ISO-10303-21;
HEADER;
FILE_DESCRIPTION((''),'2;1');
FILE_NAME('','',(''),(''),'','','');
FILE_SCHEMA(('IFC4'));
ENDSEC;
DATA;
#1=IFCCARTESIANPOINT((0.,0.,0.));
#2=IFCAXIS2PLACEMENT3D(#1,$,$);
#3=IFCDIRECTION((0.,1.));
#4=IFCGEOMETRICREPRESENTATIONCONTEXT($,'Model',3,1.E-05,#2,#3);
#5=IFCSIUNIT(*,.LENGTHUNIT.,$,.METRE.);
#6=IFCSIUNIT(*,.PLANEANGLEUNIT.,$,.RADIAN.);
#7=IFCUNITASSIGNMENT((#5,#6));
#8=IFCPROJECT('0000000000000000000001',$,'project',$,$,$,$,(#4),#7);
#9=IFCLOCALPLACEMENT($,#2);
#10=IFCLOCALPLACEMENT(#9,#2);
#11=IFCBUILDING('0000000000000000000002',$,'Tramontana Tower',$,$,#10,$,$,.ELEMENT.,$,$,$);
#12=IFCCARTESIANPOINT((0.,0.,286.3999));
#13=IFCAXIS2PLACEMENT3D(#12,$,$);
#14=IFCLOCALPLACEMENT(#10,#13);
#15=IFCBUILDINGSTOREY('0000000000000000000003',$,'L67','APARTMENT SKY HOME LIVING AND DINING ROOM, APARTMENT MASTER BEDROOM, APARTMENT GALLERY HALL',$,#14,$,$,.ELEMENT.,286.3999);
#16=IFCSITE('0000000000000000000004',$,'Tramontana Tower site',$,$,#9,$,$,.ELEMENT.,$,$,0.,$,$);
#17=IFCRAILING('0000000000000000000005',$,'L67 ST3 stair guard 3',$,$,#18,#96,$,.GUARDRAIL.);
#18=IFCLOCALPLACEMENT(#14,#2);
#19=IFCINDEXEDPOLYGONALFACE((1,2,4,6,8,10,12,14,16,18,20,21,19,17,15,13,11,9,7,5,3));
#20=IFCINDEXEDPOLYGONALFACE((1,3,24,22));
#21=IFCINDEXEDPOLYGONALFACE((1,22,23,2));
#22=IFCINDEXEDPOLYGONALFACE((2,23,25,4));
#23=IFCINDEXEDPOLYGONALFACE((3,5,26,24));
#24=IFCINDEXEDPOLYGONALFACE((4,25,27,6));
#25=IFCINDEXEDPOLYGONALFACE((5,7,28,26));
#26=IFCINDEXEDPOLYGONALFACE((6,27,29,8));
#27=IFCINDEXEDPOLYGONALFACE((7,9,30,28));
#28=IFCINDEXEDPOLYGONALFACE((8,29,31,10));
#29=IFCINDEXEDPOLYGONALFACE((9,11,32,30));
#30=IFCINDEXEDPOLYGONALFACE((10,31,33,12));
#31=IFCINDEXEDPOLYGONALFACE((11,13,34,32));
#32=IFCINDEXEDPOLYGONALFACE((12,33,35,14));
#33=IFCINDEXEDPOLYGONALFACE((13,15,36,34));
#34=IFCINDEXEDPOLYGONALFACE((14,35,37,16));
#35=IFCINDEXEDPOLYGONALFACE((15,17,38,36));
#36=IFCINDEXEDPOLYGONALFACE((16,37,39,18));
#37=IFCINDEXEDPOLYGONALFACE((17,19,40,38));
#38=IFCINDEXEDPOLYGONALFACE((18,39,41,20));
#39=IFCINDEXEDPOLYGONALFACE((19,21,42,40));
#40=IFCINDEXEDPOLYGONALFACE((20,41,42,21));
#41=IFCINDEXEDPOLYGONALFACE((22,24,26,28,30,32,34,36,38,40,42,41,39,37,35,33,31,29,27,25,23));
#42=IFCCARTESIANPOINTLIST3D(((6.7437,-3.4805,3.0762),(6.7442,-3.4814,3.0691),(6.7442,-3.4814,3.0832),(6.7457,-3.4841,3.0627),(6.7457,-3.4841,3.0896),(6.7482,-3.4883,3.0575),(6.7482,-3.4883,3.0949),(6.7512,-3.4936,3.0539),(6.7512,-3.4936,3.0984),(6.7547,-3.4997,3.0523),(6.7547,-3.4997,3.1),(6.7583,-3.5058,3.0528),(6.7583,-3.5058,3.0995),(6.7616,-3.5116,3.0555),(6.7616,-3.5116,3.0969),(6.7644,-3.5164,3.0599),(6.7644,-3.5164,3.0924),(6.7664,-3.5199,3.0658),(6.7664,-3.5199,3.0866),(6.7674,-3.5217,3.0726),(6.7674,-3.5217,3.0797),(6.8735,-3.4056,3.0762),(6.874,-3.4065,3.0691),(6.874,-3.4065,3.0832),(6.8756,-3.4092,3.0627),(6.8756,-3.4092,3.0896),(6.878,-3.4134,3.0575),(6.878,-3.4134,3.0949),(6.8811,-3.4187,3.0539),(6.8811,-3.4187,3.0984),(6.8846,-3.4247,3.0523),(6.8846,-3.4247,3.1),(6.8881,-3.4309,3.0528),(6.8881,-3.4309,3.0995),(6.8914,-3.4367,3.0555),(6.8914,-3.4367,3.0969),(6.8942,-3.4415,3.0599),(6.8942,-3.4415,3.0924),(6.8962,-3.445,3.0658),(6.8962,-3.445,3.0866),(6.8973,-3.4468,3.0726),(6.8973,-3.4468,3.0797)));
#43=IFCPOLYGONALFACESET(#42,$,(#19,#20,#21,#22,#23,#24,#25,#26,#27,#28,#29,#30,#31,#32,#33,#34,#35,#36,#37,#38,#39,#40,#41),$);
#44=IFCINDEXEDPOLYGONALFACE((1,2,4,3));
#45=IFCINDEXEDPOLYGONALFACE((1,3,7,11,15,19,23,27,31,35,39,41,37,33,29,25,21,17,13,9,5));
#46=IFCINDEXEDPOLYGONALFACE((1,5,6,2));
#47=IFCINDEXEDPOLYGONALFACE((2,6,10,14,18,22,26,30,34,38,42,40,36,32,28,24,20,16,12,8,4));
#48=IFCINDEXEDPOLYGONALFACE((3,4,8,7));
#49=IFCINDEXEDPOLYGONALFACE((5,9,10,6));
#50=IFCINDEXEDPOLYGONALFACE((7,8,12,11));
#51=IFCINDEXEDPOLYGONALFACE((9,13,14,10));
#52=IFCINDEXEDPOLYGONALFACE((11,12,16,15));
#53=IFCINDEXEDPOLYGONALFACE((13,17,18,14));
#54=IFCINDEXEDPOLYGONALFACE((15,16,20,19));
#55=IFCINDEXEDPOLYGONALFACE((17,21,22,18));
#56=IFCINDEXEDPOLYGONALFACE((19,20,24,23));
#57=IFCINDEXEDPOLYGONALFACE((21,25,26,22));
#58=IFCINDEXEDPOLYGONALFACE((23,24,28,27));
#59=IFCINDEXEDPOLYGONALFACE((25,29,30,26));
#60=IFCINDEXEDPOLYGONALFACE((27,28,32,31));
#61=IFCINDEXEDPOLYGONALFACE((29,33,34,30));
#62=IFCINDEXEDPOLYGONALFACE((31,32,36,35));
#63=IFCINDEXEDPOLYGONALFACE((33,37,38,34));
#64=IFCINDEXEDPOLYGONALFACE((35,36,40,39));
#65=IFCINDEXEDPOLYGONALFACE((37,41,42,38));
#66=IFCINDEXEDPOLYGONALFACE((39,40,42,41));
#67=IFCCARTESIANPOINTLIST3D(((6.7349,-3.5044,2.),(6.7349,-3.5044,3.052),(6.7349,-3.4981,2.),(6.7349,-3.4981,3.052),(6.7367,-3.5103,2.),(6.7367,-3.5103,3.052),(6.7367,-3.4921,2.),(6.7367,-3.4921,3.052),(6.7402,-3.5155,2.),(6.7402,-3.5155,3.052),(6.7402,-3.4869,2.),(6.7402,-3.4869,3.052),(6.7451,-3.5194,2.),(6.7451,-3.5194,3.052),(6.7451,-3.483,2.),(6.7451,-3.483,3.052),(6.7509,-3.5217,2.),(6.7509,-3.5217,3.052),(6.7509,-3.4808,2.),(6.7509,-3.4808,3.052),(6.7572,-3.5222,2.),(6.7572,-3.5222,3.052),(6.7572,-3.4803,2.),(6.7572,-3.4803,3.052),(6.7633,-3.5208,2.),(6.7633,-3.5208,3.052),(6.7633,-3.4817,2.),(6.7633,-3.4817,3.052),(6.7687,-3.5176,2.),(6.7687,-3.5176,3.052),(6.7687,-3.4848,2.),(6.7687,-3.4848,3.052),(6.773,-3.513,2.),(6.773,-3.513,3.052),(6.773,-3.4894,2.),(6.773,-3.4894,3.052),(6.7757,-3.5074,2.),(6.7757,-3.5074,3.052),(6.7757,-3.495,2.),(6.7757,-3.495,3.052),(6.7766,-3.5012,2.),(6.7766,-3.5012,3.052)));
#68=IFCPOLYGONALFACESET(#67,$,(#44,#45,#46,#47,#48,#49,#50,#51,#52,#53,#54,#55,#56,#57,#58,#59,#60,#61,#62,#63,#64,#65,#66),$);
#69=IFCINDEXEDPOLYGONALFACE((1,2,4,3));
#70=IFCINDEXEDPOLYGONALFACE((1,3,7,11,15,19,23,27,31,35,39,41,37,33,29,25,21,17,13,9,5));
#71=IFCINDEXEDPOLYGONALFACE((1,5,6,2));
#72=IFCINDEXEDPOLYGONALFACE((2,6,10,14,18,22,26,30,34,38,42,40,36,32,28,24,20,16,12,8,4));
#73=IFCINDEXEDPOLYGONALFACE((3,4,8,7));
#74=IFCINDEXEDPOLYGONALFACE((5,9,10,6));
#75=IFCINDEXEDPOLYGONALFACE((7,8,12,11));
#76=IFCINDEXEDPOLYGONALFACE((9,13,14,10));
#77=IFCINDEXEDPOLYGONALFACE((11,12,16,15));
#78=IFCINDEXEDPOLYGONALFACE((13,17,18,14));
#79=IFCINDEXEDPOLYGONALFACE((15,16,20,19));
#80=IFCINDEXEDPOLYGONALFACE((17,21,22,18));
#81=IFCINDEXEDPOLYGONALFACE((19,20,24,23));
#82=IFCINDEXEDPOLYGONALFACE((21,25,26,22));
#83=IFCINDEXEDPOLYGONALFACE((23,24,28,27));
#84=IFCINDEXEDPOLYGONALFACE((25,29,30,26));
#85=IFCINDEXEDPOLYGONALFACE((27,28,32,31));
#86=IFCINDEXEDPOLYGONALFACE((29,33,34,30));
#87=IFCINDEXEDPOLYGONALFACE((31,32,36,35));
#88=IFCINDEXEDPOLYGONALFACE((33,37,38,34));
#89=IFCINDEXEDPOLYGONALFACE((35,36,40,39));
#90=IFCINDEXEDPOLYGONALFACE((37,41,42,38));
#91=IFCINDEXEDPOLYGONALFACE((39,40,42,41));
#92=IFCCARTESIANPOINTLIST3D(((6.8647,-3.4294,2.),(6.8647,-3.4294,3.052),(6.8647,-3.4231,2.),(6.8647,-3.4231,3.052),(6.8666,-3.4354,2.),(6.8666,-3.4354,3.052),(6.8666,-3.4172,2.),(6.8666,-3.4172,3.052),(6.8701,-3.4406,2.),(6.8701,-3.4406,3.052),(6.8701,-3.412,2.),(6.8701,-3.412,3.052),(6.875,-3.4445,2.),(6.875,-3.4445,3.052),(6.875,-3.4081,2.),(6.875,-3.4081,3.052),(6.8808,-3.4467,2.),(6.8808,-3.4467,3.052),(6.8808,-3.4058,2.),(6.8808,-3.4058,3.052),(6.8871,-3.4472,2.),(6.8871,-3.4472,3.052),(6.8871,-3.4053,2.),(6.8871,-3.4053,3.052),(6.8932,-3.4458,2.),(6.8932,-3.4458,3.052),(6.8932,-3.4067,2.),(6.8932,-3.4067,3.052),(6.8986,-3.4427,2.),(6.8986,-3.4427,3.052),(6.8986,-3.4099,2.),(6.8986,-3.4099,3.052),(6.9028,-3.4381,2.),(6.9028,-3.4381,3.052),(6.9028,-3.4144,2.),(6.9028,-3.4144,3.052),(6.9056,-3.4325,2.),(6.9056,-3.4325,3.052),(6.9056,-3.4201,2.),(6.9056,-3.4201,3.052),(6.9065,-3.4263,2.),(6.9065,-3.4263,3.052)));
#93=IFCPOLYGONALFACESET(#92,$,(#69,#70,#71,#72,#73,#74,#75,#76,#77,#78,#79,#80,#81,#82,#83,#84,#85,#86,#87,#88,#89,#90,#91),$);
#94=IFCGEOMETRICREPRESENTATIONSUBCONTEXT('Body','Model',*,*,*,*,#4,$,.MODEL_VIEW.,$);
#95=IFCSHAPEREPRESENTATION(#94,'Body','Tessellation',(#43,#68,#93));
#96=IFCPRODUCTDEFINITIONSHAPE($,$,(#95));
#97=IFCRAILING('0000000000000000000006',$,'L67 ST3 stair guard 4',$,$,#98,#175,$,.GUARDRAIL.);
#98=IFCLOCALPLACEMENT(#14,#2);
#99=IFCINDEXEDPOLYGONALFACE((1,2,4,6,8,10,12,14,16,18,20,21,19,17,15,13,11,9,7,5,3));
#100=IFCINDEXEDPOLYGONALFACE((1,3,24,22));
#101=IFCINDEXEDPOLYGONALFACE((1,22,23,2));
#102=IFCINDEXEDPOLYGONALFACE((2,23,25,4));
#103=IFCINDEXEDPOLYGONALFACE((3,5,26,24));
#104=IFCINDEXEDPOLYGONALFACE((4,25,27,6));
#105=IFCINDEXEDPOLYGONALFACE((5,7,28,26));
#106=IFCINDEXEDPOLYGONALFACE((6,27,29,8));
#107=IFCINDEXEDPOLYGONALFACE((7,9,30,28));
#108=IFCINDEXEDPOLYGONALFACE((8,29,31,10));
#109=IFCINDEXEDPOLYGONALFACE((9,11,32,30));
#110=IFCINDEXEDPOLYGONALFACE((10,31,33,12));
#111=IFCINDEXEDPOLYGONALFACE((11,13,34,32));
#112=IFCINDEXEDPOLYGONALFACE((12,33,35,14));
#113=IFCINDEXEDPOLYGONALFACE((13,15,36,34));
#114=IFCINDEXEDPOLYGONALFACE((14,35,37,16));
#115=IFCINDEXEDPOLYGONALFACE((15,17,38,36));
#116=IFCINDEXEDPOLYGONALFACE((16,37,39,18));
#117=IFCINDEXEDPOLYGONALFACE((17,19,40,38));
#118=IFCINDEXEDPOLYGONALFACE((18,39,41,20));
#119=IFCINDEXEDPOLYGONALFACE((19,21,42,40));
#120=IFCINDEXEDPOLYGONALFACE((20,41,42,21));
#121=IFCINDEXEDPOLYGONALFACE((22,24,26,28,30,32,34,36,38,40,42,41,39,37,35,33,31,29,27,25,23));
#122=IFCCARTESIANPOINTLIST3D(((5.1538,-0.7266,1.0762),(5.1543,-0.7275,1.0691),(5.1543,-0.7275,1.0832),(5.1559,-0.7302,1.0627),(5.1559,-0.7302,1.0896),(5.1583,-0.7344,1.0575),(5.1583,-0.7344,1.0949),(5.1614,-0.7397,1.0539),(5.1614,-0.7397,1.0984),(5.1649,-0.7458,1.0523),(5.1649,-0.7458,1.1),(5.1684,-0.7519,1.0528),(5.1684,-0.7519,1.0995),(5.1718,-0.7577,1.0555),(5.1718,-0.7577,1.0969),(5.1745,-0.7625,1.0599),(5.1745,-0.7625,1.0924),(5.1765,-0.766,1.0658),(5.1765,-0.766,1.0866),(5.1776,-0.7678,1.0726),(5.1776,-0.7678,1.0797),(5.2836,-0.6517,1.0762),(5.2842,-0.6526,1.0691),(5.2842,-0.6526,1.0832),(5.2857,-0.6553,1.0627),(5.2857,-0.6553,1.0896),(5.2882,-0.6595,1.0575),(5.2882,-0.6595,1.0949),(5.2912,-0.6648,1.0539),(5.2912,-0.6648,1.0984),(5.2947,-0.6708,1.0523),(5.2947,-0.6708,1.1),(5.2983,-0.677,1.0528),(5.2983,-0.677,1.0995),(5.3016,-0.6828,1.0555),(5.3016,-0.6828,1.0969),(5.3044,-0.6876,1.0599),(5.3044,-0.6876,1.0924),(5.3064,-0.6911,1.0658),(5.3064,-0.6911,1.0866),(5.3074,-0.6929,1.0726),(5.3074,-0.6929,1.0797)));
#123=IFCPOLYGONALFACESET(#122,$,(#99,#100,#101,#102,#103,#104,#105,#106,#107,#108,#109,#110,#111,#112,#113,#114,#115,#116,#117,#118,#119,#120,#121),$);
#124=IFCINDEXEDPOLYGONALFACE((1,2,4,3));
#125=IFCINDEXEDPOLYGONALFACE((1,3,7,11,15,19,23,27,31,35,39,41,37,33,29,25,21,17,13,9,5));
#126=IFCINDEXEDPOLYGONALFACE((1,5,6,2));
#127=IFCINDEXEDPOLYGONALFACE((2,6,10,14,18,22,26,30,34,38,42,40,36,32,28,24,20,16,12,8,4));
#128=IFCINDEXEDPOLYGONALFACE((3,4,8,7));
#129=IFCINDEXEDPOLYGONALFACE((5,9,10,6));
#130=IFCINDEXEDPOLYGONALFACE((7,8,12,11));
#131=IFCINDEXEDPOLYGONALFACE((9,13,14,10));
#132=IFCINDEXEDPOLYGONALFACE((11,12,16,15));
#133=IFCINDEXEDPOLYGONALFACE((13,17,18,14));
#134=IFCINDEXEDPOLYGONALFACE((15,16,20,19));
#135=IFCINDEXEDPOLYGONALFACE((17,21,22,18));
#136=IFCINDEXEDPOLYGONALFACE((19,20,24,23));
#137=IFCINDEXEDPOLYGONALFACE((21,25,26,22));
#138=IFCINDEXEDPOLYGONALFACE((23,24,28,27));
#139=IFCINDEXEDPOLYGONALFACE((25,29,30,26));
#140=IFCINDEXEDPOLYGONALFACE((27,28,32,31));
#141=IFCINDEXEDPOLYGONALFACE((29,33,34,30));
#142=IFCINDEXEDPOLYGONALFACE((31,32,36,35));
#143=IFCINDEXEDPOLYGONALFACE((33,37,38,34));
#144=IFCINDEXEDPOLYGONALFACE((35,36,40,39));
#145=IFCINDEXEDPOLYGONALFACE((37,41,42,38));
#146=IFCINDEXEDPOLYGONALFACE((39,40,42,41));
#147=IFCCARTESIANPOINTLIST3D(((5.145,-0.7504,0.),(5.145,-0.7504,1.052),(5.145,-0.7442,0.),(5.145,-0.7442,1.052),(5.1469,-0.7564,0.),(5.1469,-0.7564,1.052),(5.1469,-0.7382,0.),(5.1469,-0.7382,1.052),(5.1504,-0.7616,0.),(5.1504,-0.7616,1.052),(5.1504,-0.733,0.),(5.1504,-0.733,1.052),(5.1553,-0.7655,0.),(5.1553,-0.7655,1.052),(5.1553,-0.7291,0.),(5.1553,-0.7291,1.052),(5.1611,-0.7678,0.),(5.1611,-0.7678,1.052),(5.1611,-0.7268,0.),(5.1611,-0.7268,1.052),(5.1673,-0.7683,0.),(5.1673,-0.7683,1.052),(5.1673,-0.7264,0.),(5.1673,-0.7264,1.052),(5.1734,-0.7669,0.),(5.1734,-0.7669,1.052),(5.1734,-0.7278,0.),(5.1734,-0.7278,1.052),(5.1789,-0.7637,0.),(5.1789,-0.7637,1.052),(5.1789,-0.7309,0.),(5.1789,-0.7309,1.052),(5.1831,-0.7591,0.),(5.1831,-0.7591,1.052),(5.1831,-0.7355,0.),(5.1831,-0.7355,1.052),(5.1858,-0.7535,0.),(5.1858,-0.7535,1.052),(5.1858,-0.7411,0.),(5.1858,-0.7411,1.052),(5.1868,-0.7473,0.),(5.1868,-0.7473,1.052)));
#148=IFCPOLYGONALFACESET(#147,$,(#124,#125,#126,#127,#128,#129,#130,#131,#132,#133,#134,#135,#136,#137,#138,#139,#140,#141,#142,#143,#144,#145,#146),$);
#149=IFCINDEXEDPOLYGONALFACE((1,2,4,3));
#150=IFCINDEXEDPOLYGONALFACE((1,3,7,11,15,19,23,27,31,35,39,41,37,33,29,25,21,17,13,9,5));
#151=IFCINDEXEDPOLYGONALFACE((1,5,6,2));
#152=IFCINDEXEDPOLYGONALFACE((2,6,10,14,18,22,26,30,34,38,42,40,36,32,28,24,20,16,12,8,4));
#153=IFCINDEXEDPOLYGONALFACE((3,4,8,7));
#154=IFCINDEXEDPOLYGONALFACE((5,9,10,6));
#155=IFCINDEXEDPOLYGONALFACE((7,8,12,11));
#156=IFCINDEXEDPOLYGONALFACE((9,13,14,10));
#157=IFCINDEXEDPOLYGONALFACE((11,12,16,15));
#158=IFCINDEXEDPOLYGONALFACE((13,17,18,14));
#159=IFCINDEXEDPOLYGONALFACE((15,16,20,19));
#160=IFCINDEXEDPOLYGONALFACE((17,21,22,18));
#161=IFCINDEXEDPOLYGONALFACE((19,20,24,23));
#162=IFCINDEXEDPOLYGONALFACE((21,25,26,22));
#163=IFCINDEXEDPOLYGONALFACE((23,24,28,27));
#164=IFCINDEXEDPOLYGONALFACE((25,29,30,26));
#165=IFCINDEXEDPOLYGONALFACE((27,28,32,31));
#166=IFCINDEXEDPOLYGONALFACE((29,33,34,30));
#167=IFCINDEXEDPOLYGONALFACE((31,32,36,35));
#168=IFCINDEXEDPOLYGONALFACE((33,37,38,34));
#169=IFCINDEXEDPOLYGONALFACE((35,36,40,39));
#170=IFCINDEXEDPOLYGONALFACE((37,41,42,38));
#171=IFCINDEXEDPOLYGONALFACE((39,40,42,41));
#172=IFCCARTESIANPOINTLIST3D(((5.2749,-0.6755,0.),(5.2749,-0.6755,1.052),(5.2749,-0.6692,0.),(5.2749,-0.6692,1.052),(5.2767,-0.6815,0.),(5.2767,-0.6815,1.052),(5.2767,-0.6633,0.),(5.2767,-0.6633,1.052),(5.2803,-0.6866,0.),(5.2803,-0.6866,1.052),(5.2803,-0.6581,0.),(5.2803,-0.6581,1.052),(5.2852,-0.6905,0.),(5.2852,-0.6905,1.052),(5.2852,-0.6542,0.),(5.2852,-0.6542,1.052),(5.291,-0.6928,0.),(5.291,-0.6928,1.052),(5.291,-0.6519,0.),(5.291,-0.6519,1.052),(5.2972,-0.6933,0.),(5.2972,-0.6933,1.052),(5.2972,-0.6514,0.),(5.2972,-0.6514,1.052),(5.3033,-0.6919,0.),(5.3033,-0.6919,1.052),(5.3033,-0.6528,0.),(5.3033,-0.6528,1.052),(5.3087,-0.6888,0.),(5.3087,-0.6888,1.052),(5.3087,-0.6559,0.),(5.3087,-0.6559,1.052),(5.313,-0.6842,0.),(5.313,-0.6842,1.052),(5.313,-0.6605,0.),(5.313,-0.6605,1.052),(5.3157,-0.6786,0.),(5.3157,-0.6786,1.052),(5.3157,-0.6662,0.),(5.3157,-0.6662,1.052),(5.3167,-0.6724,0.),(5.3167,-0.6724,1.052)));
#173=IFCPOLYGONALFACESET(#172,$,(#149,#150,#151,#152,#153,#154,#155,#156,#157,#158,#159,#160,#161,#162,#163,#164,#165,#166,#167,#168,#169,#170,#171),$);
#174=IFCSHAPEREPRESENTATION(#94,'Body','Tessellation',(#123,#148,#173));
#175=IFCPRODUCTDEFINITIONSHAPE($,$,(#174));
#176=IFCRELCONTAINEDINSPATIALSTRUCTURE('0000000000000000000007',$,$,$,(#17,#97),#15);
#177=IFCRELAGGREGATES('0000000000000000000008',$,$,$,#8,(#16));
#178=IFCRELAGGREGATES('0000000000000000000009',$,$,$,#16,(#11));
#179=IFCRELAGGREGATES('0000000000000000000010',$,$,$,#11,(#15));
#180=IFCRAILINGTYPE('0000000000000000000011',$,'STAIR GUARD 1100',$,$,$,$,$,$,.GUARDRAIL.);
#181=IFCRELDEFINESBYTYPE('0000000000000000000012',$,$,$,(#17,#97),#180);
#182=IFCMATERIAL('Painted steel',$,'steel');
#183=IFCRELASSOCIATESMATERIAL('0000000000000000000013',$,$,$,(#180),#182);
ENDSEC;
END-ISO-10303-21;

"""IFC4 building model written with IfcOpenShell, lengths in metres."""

from ifc_helpers import new_model, si_unit, direction, frame, origin, origin_2d, place, context, subcontext, project, spatial, circle, extrude, material, type_object, element, save


model = new_model("IFC4")

# Units and contexts
model_context = context("Model", 3, precision=1e-05, world=origin(), true_north=direction((0.0, 1.0)))
body_context = subcontext(model_context, "Body", "Model", "MODEL_VIEW")
ifc_project = project(units=[si_unit("LENGTHUNIT", "METRE"), si_unit("PLANEANGLEUNIT", "RADIAN")], contexts=[model_context])

# Site, building, storey
site_placement = place(None, origin())
site = spatial("IfcSite", under=ifc_project, at=site_placement, Name="Tramontana Tower site", CompositionType="ELEMENT", RefElevation=0.0)
building_placement = place(site_placement, origin())
building = spatial("IfcBuilding", under=site, at=building_placement, Name="Tramontana Tower", CompositionType="ELEMENT")
storey_placement = place(building_placement, frame((0.0, 0.0, 286.3999)))
storey = spatial("IfcBuildingStorey", under=building, at=storey_placement, Name="L67", Description="APARTMENT SKY HOME LIVING AND DINING ROOM, APARTMENT MASTER BEDROOM, APARTMENT GALLERY HALL", CompositionType="ELEMENT", Elevation=286.3999)

# Railings
ifc_material_1 = material(Name="Painted steel", Category="steel")
railing_type_1 = type_object("IfcRailingType", Name="STAIR GUARD 1100", PredefinedType="GUARDRAIL", material=ifc_material_1)
for number, where, name in (
    (1, (6.7556, -3.5012, 2.0), "L67 ST3 stair guard 3"),
    (2, (5.1658, -0.7473, 0.0), "L67 ST3 stair guard 4"),
):
    element("IfcRailing", number, at=place(storey_placement, frame(where)), inside=storey, type_object=railing_type_1, Name=name, PredefinedType="GUARDRAIL", context=body_context, shape_type="SweptSolid", body=[
        extrude(circle(Radius=0.0239, at=origin_2d()), frame((0.0, 0.0, 1.0762), z_axis=(0.866131, 0.499816, 0.0), x_axis=(-0.499816, 0.866131, 0.0)), (0.0, 0.0, 1.0), 0.1499),
        extrude(circle(Radius=0.021, at=origin_2d()), origin(), (0.0, 0.0, 1.0), 1.052),
        extrude(circle(Radius=0.021, at=origin_2d()), frame((0.1299, 0.075, 0.0)), (0.0, 0.0, 1.0), 1.052),
    ])

save(model, "model.ifc")
